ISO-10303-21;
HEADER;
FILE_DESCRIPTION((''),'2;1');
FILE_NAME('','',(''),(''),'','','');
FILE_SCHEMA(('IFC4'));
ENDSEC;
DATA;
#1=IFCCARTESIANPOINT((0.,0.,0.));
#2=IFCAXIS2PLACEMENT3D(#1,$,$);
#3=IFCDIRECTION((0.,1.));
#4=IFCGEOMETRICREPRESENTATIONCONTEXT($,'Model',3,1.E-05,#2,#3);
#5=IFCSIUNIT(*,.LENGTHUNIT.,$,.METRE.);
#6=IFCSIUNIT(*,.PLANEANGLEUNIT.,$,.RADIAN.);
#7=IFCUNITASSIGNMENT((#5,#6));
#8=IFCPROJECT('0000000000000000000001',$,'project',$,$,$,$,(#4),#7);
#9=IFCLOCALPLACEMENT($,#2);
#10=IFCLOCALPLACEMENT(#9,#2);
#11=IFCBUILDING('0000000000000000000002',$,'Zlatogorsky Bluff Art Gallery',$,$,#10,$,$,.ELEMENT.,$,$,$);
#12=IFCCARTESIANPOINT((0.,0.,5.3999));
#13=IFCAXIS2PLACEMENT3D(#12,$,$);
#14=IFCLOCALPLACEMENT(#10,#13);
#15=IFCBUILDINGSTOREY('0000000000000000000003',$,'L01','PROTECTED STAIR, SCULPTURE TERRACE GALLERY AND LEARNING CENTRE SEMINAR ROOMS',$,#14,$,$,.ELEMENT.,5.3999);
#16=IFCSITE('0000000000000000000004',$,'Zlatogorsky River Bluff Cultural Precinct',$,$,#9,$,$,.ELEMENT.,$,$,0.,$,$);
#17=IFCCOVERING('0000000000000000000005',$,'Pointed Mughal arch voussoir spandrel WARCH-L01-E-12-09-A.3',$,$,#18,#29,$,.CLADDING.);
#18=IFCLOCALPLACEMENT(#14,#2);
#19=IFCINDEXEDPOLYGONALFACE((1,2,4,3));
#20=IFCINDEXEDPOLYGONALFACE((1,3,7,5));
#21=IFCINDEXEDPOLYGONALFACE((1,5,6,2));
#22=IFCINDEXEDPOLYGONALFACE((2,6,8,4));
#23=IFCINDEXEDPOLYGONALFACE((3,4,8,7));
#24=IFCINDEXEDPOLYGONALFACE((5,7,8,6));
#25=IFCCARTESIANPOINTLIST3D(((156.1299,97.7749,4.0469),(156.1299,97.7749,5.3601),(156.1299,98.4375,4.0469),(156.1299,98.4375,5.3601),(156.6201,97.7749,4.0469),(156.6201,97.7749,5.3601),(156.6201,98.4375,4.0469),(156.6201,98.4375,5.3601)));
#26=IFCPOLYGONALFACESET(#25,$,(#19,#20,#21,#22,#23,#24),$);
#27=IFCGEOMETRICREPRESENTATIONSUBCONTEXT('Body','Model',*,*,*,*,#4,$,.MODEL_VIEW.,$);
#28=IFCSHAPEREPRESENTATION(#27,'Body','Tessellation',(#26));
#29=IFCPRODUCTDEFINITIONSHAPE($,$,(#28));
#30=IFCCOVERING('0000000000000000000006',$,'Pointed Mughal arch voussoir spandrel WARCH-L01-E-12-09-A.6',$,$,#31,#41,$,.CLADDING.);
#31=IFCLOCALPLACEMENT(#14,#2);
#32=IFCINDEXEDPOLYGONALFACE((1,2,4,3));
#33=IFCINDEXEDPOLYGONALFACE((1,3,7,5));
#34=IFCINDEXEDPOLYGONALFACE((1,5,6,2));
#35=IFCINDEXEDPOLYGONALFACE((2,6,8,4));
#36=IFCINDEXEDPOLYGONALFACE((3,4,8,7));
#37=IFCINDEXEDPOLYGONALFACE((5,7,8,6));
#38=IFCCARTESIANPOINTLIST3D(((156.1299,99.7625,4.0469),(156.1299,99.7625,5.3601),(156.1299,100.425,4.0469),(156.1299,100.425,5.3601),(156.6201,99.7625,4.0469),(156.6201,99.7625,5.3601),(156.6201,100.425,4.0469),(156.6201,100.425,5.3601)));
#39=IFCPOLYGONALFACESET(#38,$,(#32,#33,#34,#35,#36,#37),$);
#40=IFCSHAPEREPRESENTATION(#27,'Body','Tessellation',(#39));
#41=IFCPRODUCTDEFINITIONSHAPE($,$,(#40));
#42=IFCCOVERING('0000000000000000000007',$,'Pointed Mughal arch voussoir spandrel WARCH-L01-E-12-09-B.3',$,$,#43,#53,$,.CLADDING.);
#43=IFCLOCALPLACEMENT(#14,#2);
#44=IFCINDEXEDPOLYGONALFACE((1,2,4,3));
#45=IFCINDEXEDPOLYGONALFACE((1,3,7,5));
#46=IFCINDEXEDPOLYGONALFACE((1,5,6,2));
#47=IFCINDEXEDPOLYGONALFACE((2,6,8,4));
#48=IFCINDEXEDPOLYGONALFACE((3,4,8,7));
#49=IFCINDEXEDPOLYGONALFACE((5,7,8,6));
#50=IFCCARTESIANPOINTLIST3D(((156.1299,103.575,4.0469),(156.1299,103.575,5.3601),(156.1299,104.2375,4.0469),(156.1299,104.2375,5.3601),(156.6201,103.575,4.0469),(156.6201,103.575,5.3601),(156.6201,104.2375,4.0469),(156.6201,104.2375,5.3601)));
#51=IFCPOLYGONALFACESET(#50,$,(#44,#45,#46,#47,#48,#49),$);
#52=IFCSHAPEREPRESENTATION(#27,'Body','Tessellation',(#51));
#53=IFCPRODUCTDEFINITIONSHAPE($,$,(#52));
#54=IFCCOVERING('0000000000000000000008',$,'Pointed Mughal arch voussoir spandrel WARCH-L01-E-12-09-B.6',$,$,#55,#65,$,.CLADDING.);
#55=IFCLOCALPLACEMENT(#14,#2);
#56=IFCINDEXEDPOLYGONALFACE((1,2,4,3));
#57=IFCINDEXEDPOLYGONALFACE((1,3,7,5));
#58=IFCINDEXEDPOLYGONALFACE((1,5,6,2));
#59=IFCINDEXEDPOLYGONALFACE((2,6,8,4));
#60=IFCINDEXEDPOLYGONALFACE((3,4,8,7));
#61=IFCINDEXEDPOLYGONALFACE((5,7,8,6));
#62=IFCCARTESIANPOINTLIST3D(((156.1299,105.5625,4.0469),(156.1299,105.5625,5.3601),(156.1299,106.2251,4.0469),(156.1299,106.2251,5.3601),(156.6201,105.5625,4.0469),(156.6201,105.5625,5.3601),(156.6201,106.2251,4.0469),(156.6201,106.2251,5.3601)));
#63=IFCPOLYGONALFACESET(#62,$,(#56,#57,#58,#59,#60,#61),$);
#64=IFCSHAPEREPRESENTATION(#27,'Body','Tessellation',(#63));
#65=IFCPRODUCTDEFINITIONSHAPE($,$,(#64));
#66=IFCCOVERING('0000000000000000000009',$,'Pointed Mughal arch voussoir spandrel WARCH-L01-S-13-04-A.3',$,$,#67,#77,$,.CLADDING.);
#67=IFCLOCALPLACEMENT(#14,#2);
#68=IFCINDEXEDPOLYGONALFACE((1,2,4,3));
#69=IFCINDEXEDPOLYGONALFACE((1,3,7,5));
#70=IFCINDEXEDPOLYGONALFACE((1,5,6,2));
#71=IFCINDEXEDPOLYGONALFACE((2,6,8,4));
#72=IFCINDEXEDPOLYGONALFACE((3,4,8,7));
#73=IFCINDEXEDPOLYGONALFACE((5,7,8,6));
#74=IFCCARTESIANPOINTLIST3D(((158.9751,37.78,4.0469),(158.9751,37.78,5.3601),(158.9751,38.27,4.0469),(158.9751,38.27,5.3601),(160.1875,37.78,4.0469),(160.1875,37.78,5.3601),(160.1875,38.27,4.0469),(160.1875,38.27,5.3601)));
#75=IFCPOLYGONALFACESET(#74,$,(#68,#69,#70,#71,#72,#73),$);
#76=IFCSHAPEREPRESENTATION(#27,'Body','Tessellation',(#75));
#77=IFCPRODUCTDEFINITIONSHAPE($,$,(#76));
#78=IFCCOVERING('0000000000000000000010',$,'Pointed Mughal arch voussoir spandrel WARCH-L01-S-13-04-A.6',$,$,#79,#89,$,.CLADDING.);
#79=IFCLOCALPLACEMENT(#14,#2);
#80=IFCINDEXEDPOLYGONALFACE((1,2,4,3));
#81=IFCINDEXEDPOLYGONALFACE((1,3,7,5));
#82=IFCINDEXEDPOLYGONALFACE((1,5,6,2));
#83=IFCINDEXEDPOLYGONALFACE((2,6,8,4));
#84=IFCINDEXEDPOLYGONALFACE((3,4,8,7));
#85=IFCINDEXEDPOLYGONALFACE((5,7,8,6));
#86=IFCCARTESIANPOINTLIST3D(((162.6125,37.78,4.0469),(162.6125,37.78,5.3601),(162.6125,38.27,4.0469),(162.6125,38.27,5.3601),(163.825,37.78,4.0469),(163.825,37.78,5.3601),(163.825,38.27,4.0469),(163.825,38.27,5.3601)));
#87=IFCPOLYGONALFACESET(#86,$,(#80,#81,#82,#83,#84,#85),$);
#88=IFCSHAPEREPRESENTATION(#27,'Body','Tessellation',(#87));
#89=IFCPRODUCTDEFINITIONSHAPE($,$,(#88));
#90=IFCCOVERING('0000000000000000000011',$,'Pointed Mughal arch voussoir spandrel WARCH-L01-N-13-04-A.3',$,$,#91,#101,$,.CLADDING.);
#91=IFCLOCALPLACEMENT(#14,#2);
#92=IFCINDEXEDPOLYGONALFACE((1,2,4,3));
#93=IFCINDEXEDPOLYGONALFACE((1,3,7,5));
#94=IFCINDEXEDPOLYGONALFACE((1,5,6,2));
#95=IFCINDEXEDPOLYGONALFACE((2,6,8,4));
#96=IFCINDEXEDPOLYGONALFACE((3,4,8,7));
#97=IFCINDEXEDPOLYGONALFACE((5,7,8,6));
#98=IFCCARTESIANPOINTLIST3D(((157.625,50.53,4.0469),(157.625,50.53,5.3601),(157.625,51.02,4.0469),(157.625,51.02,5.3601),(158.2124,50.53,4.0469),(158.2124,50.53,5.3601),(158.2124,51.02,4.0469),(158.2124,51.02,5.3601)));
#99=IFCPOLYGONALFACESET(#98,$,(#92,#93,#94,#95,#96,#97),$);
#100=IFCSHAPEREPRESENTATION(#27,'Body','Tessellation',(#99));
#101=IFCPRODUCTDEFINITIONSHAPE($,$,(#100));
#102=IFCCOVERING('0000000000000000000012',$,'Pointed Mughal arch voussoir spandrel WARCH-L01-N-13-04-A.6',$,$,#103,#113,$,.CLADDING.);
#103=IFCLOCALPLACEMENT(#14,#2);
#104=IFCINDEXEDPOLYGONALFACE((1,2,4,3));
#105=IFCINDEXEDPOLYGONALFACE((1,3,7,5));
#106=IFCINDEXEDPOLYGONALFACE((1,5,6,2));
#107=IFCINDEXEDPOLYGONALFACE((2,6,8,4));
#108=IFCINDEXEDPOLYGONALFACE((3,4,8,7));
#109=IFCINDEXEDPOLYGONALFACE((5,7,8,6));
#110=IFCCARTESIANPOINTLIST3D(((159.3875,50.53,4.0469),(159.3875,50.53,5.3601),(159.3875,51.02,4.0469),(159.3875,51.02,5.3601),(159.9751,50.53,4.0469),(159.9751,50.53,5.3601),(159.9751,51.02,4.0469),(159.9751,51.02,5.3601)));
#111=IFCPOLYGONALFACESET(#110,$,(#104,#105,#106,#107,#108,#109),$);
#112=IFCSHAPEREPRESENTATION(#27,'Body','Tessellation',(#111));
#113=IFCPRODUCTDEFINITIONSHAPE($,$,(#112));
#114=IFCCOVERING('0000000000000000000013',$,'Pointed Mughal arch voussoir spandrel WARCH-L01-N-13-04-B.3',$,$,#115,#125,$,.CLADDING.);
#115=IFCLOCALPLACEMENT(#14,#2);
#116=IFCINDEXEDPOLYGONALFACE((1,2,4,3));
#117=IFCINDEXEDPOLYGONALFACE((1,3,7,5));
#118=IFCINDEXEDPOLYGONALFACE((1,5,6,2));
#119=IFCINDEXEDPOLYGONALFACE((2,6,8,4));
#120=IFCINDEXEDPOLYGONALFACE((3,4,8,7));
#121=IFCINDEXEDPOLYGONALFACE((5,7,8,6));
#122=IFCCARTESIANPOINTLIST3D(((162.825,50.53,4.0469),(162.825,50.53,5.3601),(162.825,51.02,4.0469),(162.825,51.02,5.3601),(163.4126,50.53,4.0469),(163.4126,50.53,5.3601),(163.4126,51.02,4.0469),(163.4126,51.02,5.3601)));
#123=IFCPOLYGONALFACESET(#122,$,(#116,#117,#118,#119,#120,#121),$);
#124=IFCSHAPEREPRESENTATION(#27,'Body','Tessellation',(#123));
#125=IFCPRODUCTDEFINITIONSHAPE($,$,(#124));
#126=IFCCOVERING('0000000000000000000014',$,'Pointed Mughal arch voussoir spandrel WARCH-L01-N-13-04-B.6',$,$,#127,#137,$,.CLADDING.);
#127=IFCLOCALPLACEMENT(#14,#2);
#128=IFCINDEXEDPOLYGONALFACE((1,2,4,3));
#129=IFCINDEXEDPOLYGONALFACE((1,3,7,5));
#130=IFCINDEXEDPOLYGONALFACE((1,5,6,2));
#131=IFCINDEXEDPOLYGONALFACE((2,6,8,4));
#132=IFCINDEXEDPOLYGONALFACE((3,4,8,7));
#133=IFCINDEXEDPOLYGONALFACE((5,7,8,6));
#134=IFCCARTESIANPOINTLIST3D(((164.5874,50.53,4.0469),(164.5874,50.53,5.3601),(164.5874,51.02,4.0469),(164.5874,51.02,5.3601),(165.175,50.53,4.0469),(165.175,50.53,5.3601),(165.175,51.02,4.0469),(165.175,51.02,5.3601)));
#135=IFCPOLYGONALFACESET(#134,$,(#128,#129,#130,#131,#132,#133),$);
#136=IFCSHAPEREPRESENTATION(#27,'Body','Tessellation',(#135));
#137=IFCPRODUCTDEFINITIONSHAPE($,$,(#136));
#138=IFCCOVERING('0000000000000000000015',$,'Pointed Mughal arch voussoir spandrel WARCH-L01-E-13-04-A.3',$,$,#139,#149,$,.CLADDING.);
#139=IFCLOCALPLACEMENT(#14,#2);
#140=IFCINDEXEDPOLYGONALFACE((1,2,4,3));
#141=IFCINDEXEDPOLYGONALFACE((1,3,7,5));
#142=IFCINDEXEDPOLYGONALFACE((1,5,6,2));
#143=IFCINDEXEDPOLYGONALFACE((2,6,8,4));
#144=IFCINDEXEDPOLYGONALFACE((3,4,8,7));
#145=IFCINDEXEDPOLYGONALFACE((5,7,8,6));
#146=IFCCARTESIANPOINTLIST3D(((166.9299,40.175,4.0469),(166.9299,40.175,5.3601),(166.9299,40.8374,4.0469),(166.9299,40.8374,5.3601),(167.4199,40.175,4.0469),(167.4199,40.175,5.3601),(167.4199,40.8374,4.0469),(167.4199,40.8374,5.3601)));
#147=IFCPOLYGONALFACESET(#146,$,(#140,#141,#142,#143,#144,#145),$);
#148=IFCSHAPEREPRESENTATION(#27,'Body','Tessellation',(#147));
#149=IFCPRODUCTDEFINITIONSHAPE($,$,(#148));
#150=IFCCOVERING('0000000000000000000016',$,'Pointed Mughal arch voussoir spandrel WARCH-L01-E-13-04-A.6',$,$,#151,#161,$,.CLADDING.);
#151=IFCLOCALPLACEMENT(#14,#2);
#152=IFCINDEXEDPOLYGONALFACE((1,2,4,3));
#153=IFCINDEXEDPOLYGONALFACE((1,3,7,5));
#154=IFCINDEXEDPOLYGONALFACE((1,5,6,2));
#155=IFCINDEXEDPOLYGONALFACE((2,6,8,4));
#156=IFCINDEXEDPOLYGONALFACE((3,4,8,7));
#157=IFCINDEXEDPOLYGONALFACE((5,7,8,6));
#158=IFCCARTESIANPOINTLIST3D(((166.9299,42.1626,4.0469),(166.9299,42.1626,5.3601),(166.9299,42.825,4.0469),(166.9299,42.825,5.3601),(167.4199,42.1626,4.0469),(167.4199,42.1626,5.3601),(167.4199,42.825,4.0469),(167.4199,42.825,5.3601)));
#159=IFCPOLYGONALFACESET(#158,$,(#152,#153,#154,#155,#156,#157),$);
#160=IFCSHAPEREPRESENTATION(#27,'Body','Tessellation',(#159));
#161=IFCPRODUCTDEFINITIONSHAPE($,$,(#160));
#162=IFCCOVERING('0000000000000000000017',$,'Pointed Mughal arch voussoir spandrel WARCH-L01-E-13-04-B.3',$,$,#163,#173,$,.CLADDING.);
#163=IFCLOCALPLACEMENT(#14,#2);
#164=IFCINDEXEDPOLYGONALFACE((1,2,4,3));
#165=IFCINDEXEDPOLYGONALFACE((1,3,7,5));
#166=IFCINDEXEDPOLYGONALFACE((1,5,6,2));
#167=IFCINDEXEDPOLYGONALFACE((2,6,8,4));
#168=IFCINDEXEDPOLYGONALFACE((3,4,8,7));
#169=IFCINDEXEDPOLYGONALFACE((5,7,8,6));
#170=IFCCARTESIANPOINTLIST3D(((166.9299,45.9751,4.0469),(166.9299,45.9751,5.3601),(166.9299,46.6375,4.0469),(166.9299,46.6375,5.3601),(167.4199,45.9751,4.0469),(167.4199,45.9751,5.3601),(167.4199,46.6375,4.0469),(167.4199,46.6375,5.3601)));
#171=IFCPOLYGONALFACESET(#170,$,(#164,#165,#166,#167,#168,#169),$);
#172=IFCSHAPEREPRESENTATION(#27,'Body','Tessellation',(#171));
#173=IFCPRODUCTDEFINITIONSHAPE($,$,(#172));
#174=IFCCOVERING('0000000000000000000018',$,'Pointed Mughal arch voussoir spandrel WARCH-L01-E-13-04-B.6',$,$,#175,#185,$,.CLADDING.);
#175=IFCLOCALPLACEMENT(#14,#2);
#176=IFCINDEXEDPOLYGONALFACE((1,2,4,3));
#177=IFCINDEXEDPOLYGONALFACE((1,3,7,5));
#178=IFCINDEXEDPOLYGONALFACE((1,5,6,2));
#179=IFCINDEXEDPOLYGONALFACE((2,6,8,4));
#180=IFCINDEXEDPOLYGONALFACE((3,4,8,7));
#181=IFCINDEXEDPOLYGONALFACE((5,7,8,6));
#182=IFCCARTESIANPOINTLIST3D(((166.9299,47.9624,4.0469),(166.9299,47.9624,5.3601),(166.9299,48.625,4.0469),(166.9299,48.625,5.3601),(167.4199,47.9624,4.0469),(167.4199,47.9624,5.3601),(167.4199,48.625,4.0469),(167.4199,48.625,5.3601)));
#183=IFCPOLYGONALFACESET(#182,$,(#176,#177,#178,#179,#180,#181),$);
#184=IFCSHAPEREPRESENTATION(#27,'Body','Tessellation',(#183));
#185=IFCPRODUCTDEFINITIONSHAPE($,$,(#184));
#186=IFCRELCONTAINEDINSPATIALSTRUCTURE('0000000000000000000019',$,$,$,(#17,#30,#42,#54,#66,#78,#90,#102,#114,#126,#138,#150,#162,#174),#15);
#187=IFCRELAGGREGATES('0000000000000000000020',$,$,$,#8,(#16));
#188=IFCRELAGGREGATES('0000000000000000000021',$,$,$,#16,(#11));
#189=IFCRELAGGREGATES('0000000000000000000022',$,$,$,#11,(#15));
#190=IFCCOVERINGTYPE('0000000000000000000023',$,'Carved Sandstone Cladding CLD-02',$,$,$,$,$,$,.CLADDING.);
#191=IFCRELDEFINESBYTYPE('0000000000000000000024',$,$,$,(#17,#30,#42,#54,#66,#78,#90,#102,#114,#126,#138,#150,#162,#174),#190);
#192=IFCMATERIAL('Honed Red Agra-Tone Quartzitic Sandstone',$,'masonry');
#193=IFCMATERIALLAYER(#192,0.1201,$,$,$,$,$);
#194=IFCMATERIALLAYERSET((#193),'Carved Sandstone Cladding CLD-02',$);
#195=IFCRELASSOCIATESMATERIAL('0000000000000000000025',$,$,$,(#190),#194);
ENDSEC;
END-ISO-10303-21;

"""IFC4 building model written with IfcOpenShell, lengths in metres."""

from ifc_helpers import new_model, si_unit, direction, frame, origin, place, context, subcontext, project, spatial, polyline, outline, extrude, material, layer, layer_set, type_object, element, save


model = new_model("IFC4")

# Units and contexts
model_context = context("Model", 3, precision=1e-05, world=origin(), true_north=direction((0.0, 1.0)))
body_context = subcontext(model_context, "Body", "Model", "MODEL_VIEW")
ifc_project = project(units=[si_unit("LENGTHUNIT", "METRE"), si_unit("PLANEANGLEUNIT", "RADIAN")], contexts=[model_context])

# Site, building, storey
site_placement = place(None, origin())
site = spatial("IfcSite", under=ifc_project, at=site_placement, Name="Zlatogorsky River Bluff Cultural Precinct", CompositionType="ELEMENT", RefElevation=0.0)
building_placement = place(site_placement, origin())
building = spatial("IfcBuilding", under=site, at=building_placement, Name="Zlatogorsky Bluff Art Gallery", CompositionType="ELEMENT")
storey_placement = place(building_placement, frame((0.0, 0.0, 5.3999)))
storey = spatial("IfcBuildingStorey", under=building, at=storey_placement, Name="L01", Description="PROTECTED STAIR, SCULPTURE TERRACE GALLERY AND LEARNING CENTRE SEMINAR ROOMS", CompositionType="ELEMENT", Elevation=5.3999)

# Coverings
ifc_material = material(Name="Honed Red Agra-Tone Quartzitic Sandstone", Category="masonry")
ifc_layer = layer(ifc_material, 0.1201)
ifc_layer_set = layer_set([ifc_layer], Name="Carved Sandstone Cladding CLD-02")
covering_type = type_object("IfcCoveringType", Name="Carved Sandstone Cladding CLD-02", PredefinedType="CLADDING", material=ifc_layer_set)
covering_1_placement = place(storey_placement, frame((0.0, 0.0, 4.0469)))
element("IfcCovering", 1, at=covering_1_placement, inside=storey, type_object=covering_type, Name="Pointed Mughal arch voussoir spandrel WARCH-L01-E-12-09-A.3", PredefinedType="CLADDING", context=body_context, shape_type="SweptSolid", body=[
    extrude(outline(polyline([(156.1299, 97.7749), (156.1299, 98.4375), (156.6201, 98.4375), (156.6201, 97.7749), (156.1299, 97.7749)])), origin(), (0.0, 0.0, 1.0), 1.3132),
])
covering_2_placement = place(storey_placement, frame((0.0, 0.0, 4.0469)))
element("IfcCovering", 2, at=covering_2_placement, inside=storey, type_object=covering_type, Name="Pointed Mughal arch voussoir spandrel WARCH-L01-E-12-09-A.6", PredefinedType="CLADDING", context=body_context, shape_type="SweptSolid", body=[
    extrude(outline(polyline([(156.1299, 99.7625), (156.1299, 100.425), (156.6201, 100.425), (156.6201, 99.7625), (156.1299, 99.7625)])), origin(), (0.0, 0.0, 1.0), 1.3132),
])
covering_3_placement = place(storey_placement, frame((0.0, 0.0, 4.0469)))
element("IfcCovering", 3, at=covering_3_placement, inside=storey, type_object=covering_type, Name="Pointed Mughal arch voussoir spandrel WARCH-L01-E-12-09-B.3", PredefinedType="CLADDING", context=body_context, shape_type="SweptSolid", body=[
    extrude(outline(polyline([(156.1299, 103.575), (156.1299, 104.2375), (156.6201, 104.2375), (156.6201, 103.575), (156.1299, 103.575)])), origin(), (0.0, 0.0, 1.0), 1.3132),
])
covering_4_placement = place(storey_placement, frame((0.0, 0.0, 4.0469)))
element("IfcCovering", 4, at=covering_4_placement, inside=storey, type_object=covering_type, Name="Pointed Mughal arch voussoir spandrel WARCH-L01-E-12-09-B.6", PredefinedType="CLADDING", context=body_context, shape_type="SweptSolid", body=[
    extrude(outline(polyline([(156.1299, 105.5625), (156.1299, 106.2251), (156.6201, 106.2251), (156.6201, 105.5625), (156.1299, 105.5625)])), origin(), (0.0, 0.0, 1.0), 1.3132),
])
covering_5_placement = place(storey_placement, frame((0.0, 0.0, 4.0469)))
element("IfcCovering", 5, at=covering_5_placement, inside=storey, type_object=covering_type, Name="Pointed Mughal arch voussoir spandrel WARCH-L01-S-13-04-A.3", PredefinedType="CLADDING", context=body_context, shape_type="SweptSolid", body=[
    extrude(outline(polyline([(158.9751, 37.78), (160.1875, 37.78), (160.1875, 38.27), (158.9751, 38.27), (158.9751, 37.78)])), origin(), (0.0, 0.0, 1.0), 1.3132),
])
covering_6_placement = place(storey_placement, frame((0.0, 0.0, 4.0469)))
element("IfcCovering", 6, at=covering_6_placement, inside=storey, type_object=covering_type, Name="Pointed Mughal arch voussoir spandrel WARCH-L01-S-13-04-A.6", PredefinedType="CLADDING", context=body_context, shape_type="SweptSolid", body=[
    extrude(outline(polyline([(162.6125, 37.78), (163.825, 37.78), (163.825, 38.27), (162.6125, 38.27), (162.6125, 37.78)])), origin(), (0.0, 0.0, 1.0), 1.3132),
])
covering_7_placement = place(storey_placement, frame((0.0, 0.0, 4.0469)))
element("IfcCovering", 7, at=covering_7_placement, inside=storey, type_object=covering_type, Name="Pointed Mughal arch voussoir spandrel WARCH-L01-N-13-04-A.3", PredefinedType="CLADDING", context=body_context, shape_type="SweptSolid", body=[
    extrude(outline(polyline([(157.625, 50.53), (158.2124, 50.53), (158.2124, 51.02), (157.625, 51.02), (157.625, 50.53)])), origin(), (0.0, 0.0, 1.0), 1.3132),
])
covering_8_placement = place(storey_placement, frame((0.0, 0.0, 4.0469)))
element("IfcCovering", 8, at=covering_8_placement, inside=storey, type_object=covering_type, Name="Pointed Mughal arch voussoir spandrel WARCH-L01-N-13-04-A.6", PredefinedType="CLADDING", context=body_context, shape_type="SweptSolid", body=[
    extrude(outline(polyline([(159.3875, 50.53), (159.9751, 50.53), (159.9751, 51.02), (159.3875, 51.02), (159.3875, 50.53)])), origin(), (0.0, 0.0, 1.0), 1.3132),
])
covering_9_placement = place(storey_placement, frame((0.0, 0.0, 4.0469)))
element("IfcCovering", 9, at=covering_9_placement, inside=storey, type_object=covering_type, Name="Pointed Mughal arch voussoir spandrel WARCH-L01-N-13-04-B.3", PredefinedType="CLADDING", context=body_context, shape_type="SweptSolid", body=[
    extrude(outline(polyline([(162.825, 50.53), (163.4126, 50.53), (163.4126, 51.02), (162.825, 51.02), (162.825, 50.53)])), origin(), (0.0, 0.0, 1.0), 1.3132),
])
covering_10_placement = place(storey_placement, frame((0.0, 0.0, 4.0469)))
element("IfcCovering", 10, at=covering_10_placement, inside=storey, type_object=covering_type, Name="Pointed Mughal arch voussoir spandrel WARCH-L01-N-13-04-B.6", PredefinedType="CLADDING", context=body_context, shape_type="SweptSolid", body=[
    extrude(outline(polyline([(164.5874, 50.53), (165.175, 50.53), (165.175, 51.02), (164.5874, 51.02), (164.5874, 50.53)])), origin(), (0.0, 0.0, 1.0), 1.3132),
])
covering_11_placement = place(storey_placement, frame((0.0, 0.0, 4.0469)))
element("IfcCovering", 11, at=covering_11_placement, inside=storey, type_object=covering_type, Name="Pointed Mughal arch voussoir spandrel WARCH-L01-E-13-04-A.3", PredefinedType="CLADDING", context=body_context, shape_type="SweptSolid", body=[
    extrude(outline(polyline([(166.9299, 40.175), (166.9299, 40.8374), (167.4199, 40.8374), (167.4199, 40.175), (166.9299, 40.175)])), origin(), (0.0, 0.0, 1.0), 1.3132),
])
covering_12_placement = place(storey_placement, frame((0.0, 0.0, 4.0469)))
element("IfcCovering", 12, at=covering_12_placement, inside=storey, type_object=covering_type, Name="Pointed Mughal arch voussoir spandrel WARCH-L01-E-13-04-A.6", PredefinedType="CLADDING", context=body_context, shape_type="SweptSolid", body=[
    extrude(outline(polyline([(166.9299, 42.1626), (166.9299, 42.825), (167.4199, 42.825), (167.4199, 42.1626), (166.9299, 42.1626)])), origin(), (0.0, 0.0, 1.0), 1.3132),
])
covering_13_placement = place(storey_placement, frame((0.0, 0.0, 4.0469)))
element("IfcCovering", 13, at=covering_13_placement, inside=storey, type_object=covering_type, Name="Pointed Mughal arch voussoir spandrel WARCH-L01-E-13-04-B.3", PredefinedType="CLADDING", context=body_context, shape_type="SweptSolid", body=[
    extrude(outline(polyline([(166.9299, 45.9751), (166.9299, 46.6375), (167.4199, 46.6375), (167.4199, 45.9751), (166.9299, 45.9751)])), origin(), (0.0, 0.0, 1.0), 1.3132),
])
covering_14_placement = place(storey_placement, frame((0.0, 0.0, 4.0469)))
element("IfcCovering", 14, at=covering_14_placement, inside=storey, type_object=covering_type, Name="Pointed Mughal arch voussoir spandrel WARCH-L01-E-13-04-B.6", PredefinedType="CLADDING", context=body_context, shape_type="SweptSolid", body=[
    extrude(outline(polyline([(166.9299, 47.9624), (166.9299, 48.625), (167.4199, 48.625), (167.4199, 47.9624), (166.9299, 47.9624)])), origin(), (0.0, 0.0, 1.0), 1.3132),
])

save(model, "model.ifc")
